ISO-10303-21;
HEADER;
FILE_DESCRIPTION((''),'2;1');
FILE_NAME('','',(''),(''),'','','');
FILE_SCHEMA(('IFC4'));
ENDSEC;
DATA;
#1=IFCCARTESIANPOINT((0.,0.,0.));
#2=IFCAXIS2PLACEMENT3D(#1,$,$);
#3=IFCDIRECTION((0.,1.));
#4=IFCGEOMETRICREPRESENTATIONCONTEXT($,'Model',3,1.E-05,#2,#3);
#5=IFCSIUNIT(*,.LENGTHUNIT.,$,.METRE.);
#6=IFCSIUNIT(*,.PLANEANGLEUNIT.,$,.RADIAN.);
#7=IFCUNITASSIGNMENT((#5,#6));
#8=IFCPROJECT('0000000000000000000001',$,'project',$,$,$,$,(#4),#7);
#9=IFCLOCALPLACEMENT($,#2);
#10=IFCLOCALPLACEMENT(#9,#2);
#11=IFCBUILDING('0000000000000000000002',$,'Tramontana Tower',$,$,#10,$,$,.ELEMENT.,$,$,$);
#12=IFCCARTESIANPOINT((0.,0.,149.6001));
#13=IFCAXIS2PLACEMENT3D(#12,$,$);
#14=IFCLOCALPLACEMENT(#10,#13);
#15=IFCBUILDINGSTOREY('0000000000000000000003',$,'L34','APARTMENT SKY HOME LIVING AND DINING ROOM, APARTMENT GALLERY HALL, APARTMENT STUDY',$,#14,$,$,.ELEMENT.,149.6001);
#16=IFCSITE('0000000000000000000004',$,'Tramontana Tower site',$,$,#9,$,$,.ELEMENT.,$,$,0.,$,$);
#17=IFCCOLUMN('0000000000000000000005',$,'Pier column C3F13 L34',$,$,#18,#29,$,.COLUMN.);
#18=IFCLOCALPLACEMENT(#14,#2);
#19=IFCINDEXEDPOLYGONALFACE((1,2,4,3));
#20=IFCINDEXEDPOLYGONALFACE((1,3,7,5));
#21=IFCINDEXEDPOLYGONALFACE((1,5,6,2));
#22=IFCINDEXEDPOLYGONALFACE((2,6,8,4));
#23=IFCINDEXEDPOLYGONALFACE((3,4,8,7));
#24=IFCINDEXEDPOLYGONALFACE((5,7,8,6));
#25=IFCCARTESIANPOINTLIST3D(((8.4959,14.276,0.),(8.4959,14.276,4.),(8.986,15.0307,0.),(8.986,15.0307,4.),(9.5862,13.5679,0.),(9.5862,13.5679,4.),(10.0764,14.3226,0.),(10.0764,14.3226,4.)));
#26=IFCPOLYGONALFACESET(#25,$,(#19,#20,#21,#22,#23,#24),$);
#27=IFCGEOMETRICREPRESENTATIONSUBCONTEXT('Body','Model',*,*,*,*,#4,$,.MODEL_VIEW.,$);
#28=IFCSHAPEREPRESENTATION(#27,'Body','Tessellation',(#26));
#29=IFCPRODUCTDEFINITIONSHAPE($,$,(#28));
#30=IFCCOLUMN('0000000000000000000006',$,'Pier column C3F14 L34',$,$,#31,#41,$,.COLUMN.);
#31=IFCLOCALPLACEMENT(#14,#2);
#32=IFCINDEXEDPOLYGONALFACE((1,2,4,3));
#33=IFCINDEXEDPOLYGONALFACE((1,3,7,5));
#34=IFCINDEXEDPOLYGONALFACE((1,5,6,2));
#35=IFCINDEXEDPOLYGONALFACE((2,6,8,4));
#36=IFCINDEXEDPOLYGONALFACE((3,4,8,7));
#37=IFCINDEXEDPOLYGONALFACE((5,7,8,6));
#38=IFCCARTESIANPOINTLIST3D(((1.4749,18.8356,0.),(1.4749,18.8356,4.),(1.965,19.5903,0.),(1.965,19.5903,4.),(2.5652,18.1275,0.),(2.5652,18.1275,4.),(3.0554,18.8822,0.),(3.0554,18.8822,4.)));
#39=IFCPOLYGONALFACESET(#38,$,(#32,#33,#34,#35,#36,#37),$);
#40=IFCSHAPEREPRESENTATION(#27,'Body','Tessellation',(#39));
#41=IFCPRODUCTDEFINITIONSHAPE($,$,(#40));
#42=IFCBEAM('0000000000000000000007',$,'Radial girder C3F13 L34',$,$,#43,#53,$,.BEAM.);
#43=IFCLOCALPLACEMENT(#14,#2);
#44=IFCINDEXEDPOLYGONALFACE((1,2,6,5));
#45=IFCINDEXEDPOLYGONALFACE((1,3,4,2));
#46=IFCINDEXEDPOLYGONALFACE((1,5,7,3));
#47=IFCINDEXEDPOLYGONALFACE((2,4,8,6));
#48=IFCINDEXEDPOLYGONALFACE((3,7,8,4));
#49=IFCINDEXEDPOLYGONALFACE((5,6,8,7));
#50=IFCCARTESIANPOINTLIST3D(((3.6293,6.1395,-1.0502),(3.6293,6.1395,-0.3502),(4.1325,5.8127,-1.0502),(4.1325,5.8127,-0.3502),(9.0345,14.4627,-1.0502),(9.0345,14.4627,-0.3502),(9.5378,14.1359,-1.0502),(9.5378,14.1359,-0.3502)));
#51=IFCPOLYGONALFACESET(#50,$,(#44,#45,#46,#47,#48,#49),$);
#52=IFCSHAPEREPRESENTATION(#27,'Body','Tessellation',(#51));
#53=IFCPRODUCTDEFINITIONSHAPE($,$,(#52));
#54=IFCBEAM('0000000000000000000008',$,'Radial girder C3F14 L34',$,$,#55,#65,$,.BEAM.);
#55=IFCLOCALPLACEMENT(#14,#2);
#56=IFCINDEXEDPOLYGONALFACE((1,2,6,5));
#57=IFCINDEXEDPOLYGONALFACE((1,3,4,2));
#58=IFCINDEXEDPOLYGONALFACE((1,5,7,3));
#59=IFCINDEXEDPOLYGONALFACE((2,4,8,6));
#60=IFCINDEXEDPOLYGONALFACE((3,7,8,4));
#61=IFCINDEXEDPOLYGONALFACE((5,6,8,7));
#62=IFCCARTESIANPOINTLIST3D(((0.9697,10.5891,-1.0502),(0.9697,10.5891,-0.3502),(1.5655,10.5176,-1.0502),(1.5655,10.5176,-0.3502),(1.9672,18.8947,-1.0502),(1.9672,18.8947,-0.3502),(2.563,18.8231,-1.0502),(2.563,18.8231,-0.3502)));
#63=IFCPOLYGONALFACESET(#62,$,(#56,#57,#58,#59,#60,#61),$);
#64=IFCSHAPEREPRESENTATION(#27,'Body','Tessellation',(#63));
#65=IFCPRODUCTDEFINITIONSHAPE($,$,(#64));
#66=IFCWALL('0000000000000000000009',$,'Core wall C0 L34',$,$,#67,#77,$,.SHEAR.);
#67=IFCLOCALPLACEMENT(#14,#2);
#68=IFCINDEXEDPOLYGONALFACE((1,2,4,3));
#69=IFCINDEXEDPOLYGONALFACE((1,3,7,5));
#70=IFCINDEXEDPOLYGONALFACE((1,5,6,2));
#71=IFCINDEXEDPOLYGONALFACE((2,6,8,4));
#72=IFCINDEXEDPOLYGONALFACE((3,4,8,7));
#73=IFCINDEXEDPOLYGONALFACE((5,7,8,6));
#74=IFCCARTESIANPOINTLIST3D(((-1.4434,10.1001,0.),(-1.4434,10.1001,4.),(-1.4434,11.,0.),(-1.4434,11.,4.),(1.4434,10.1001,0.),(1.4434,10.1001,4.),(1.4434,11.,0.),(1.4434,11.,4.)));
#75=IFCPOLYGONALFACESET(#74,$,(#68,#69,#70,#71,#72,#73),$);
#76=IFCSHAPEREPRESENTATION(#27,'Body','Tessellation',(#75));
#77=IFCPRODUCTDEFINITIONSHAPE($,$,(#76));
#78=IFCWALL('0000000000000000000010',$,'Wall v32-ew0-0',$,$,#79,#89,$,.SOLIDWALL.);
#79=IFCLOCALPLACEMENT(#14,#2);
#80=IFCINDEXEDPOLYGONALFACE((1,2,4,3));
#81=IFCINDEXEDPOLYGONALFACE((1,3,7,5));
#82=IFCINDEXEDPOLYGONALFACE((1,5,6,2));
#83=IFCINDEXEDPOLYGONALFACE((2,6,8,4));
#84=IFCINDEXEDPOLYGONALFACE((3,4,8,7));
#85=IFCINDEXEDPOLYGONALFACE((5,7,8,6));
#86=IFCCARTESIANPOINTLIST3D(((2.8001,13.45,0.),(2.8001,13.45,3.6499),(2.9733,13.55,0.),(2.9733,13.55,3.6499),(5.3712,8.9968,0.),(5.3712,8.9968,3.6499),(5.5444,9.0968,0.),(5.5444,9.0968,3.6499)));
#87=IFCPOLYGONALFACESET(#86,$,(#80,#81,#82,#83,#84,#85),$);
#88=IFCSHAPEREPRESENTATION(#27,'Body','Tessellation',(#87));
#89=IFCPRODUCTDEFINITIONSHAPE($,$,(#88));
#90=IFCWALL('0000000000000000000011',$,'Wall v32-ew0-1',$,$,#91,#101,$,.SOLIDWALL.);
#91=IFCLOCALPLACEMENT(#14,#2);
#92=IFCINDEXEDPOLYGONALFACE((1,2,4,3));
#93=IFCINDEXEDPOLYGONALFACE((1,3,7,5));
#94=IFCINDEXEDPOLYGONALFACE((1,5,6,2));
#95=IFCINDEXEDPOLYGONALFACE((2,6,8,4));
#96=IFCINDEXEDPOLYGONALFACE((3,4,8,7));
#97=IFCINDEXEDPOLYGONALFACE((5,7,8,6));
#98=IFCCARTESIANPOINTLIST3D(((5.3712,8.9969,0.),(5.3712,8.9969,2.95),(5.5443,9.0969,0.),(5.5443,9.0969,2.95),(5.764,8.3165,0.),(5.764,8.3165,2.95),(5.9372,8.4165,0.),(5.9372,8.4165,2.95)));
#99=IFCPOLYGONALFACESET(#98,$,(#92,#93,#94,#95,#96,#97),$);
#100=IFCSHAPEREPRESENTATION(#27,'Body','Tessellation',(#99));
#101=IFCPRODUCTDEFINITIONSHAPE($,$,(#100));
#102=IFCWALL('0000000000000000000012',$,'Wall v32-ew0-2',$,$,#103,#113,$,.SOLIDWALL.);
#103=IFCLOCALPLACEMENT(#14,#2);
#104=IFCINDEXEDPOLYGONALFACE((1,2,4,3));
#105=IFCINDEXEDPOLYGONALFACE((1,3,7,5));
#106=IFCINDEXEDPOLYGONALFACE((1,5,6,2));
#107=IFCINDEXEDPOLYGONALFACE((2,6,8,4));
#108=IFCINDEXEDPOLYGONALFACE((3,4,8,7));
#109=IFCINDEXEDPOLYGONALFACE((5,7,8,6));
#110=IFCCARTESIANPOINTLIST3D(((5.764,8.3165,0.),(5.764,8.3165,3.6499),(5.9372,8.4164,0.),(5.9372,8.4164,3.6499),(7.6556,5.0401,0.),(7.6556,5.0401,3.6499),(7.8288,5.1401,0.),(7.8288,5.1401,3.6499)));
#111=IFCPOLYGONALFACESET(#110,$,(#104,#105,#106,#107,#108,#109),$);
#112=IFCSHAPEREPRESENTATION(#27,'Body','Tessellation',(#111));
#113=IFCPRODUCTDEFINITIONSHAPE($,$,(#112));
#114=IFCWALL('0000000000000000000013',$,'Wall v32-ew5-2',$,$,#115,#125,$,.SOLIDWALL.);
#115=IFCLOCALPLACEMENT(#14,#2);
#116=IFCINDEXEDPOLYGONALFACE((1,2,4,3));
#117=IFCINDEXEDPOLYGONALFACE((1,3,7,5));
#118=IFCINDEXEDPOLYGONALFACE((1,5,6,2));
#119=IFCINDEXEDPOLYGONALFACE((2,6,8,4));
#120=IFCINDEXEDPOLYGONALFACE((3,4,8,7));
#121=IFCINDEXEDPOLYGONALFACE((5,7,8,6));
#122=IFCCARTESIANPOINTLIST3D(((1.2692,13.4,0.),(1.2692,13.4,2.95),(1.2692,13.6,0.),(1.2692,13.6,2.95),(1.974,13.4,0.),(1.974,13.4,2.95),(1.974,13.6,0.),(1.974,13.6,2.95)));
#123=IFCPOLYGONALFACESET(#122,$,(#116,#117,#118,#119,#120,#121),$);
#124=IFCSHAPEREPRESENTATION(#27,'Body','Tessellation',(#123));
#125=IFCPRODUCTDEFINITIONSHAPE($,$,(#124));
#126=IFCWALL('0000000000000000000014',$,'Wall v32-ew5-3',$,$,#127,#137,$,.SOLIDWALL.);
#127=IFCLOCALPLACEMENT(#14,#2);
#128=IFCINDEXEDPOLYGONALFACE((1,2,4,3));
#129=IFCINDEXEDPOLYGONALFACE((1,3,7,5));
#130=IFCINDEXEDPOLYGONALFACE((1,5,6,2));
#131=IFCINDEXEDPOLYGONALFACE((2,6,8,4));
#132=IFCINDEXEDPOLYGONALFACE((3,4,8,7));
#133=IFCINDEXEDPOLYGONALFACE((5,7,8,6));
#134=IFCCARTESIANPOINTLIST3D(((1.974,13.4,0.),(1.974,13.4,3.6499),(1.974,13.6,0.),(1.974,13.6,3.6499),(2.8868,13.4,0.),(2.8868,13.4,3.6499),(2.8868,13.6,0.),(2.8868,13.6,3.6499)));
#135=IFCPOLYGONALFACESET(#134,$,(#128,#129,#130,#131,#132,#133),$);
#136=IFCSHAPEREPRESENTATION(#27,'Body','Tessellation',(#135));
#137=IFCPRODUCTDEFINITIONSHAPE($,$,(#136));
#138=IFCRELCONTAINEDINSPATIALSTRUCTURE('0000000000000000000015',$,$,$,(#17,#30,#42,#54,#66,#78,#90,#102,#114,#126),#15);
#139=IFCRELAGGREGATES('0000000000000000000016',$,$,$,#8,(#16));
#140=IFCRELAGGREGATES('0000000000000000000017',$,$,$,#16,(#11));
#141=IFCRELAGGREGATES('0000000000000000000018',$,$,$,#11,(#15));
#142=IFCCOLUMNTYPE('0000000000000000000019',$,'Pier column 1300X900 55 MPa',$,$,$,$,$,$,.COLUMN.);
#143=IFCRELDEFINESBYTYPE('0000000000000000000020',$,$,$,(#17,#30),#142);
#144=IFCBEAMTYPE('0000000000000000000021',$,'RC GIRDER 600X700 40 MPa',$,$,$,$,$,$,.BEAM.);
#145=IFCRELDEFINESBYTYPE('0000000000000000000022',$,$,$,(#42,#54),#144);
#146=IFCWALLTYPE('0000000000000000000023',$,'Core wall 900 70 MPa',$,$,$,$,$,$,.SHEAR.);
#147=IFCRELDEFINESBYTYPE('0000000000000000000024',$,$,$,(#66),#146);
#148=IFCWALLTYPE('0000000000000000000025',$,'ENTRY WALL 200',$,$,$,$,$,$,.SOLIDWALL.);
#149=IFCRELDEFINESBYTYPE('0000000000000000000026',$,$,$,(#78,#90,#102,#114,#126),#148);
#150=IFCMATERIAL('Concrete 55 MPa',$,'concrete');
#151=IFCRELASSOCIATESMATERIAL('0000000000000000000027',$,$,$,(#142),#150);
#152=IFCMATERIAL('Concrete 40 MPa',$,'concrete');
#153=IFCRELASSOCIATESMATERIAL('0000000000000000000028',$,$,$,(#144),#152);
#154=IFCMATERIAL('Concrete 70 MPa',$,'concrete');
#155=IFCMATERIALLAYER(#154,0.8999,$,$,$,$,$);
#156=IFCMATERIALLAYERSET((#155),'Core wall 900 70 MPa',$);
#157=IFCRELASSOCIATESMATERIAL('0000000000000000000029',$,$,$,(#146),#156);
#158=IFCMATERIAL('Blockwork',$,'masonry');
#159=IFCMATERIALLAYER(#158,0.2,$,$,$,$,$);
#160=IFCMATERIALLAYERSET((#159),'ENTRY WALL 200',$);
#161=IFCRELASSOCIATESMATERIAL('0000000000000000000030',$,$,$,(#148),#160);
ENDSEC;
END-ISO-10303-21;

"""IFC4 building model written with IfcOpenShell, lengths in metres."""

from ifc_helpers import new_model, si_unit, direction, frame, frame_2d, origin, origin_2d, place, context, subcontext, project, spatial, rectangle, extrude, material, layer, layer_set, material_profile, profile_set, type_object, element, save


model = new_model("IFC4")

# Units and contexts
model_context = context("Model", 3, precision=1e-05, world=origin(), true_north=direction((0.0, 1.0)))
body_context = subcontext(model_context, "Body", "Model", "MODEL_VIEW")
ifc_project = project(units=[si_unit("LENGTHUNIT", "METRE"), si_unit("PLANEANGLEUNIT", "RADIAN")], contexts=[model_context])

# Site, building, storey
site_placement = place(None, origin())
site = spatial("IfcSite", under=ifc_project, at=site_placement, Name="Tramontana Tower site", CompositionType="ELEMENT", RefElevation=0.0)
building_placement = place(site_placement, origin())
building = spatial("IfcBuilding", under=site, at=building_placement, Name="Tramontana Tower", CompositionType="ELEMENT")
storey_placement = place(building_placement, frame((0.0, 0.0, 149.6001)))
storey = spatial("IfcBuildingStorey", under=building, at=storey_placement, Name="L34", Description="APARTMENT SKY HOME LIVING AND DINING ROOM, APARTMENT GALLERY HALL, APARTMENT STUDY", CompositionType="ELEMENT", Elevation=149.6001)

# Columns
ifc_material_1 = material(Name="Concrete 55 MPa", Category="concrete")
ifc_material_profile_1 = material_profile(ifc_material_1, rectangle(XDim=1.3, YDim=0.8999, at=origin_2d()), Name="Pier column 1300X900 55 MPa")
ifc_profile_set_1 = profile_set([ifc_material_profile_1], Name="Concrete 55 MPa")
column_type = type_object("IfcColumnType", Name="Pier column 1300X900 55 MPa", PredefinedType="COLUMN", material=ifc_profile_set_1)
for number, where, z_axis, x_axis, name in (
    (1, (9.2861, 14.2993, 0.0), (0.0, 0.0, 1.0), (-0.838671, 0.544639, 0.0), "Pier column C3F13 L34"),
    (2, (2.2651, 18.8589, 0.0), (0.0, 0.0, 1.0), (-0.838671, 0.544639, 0.0), "Pier column C3F14 L34"),
):
    element("IfcColumn", number, at=place(storey_placement, frame(where, z_axis=z_axis, x_axis=x_axis)), inside=storey, type_object=column_type, Name=name, PredefinedType="COLUMN", context=body_context, shape_type="SweptSolid", body=[
        extrude(rectangle(XDim=1.3, YDim=0.8999, at=origin_2d()), origin(), (0.0, 0.0, 1.0), 4.0),
    ])

# Beams
ifc_material_2 = material(Name="Concrete 40 MPa", Category="concrete")
ifc_material_profile_2 = material_profile(ifc_material_2, rectangle(XDim=0.6001, YDim=0.7, at=origin_2d()), Name="RC GIRDER 600X700 40 MPa")
ifc_profile_set_2 = profile_set([ifc_material_profile_2], Name="Concrete 40 MPa")
beam_type = type_object("IfcBeamType", Name="RC GIRDER 600X700 40 MPa", PredefinedType="BEAM", material=ifc_profile_set_2)
beam_1_placement = place(storey_placement, frame((9.2861, 14.2993, -0.7002), z_axis=(-0.544646, -0.838666, 0.0), x_axis=(0.838666, -0.544646, 0.0)))
element("IfcBeam", 3, at=beam_1_placement, inside=storey, type_object=beam_type, Name="Radial girder C3F13 L34", PredefinedType="BEAM", context=body_context, shape_type="SweptSolid", body=[
    extrude(rectangle(XDim=0.6001, YDim=0.7, at=origin_2d()), origin(), (0.0, 0.0, 1.0), 9.9243),
])
beam_2_placement = place(storey_placement, frame((2.2651, 18.8589, -0.7002), z_axis=(-0.119249, -0.992864, 0.0), x_axis=(0.992864, -0.119249, 0.0)))
element("IfcBeam", 4, at=beam_2_placement, inside=storey, type_object=beam_type, Name="Radial girder C3F14 L34", PredefinedType="BEAM", context=body_context, shape_type="SweptSolid", body=[
    extrude(rectangle(XDim=0.6001, YDim=0.7, at=origin_2d()), origin(), (0.0, 0.0, 1.0), 8.3652),
])

# Walls
ifc_material_3 = material(Name="Concrete 70 MPa", Category="concrete")
ifc_layer_1 = layer(ifc_material_3, 0.8999)
ifc_layer_set_1 = layer_set([ifc_layer_1], Name="Core wall 900 70 MPa")
wall_type_1 = type_object("IfcWallType", Name="Core wall 900 70 MPa", PredefinedType="SHEAR", material=ifc_layer_set_1)
wall_1_placement = place(storey_placement, frame((1.4434, 10.55, 0.0), z_axis=(0.0, 0.0, 1.0), x_axis=(-1.0, 0.0, 0.0)))
element("IfcWall", 5, at=wall_1_placement, inside=storey, type_object=wall_type_1, Name="Core wall C0 L34", PredefinedType="SHEAR", context=body_context, shape_type="SweptSolid", body=[
    extrude(rectangle(XDim=2.8867, YDim=0.8999, at=frame_2d((1.4434, 0.0))), origin(), (0.0, 0.0, 1.0), 4.0),
])
ifc_material_4 = material(Name="Blockwork", Category="masonry")
ifc_layer_2 = layer(ifc_material_4, 0.2)
ifc_layer_set_2 = layer_set([ifc_layer_2], Name="ENTRY WALL 200")
wall_type_2 = type_object("IfcWallType", Name="ENTRY WALL 200", PredefinedType="SOLIDWALL", material=ifc_layer_set_2)
wall_2_placement = place(storey_placement, frame((2.8867, 13.5, 0.0), z_axis=(0.0, 0.0, 1.0), x_axis=(0.500005, -0.866023, 0.0)))
element("IfcWall", 6, at=wall_2_placement, inside=storey, type_object=wall_type_2, Name="Wall v32-ew0-0", PredefinedType="SOLIDWALL", context=body_context, shape_type="SweptSolid", body=[
    extrude(rectangle(XDim=5.1421, YDim=0.2, at=frame_2d((2.571, 0.0))), origin(), (0.0, 0.0, 1.0), 3.6499),
])
wall_3_placement = place(storey_placement, frame((5.4578, 9.0469, 0.0), z_axis=(0.0, 0.0, 1.0), x_axis=(0.499982, -0.866036, 0.0)))
element("IfcWall", 7, at=wall_3_placement, inside=storey, type_object=wall_type_2, Name="Wall v32-ew0-1", PredefinedType="SOLIDWALL", context=body_context, shape_type="SweptSolid", body=[
    extrude(rectangle(XDim=0.7856, YDim=0.2, at=frame_2d((0.3928, 0.0))), origin(), (0.0, 0.0, 1.0), 2.95),
])
wall_4_placement = place(storey_placement, frame((5.8506, 8.3665, 0.0), z_axis=(0.0, 0.0, 1.0), x_axis=(0.499998, -0.866027, 0.0)))
element("IfcWall", 8, at=wall_4_placement, inside=storey, type_object=wall_type_2, Name="Wall v32-ew0-2", PredefinedType="SOLIDWALL", context=body_context, shape_type="SweptSolid", body=[
    extrude(rectangle(XDim=3.7832, YDim=0.2, at=frame_2d((1.8916, 0.0))), origin(), (0.0, 0.0, 1.0), 3.6499),
])
wall_5_placement = place(storey_placement, frame((1.269, 13.5, 0.0), z_axis=(0.0, 0.0, 1.0), x_axis=(1.0, 0.0, 0.0)))
element("IfcWall", 9, at=wall_5_placement, inside=storey, type_object=wall_type_2, Name="Wall v32-ew5-2", PredefinedType="SOLIDWALL", context=body_context, shape_type="SweptSolid", body=[
    extrude(rectangle(XDim=0.7048, YDim=0.2, at=frame_2d((0.3525, 0.0))), origin(), (0.0, 0.0, 1.0), 2.95),
])
wall_6_placement = place(storey_placement, frame((1.9739, 13.5, 0.0), z_axis=(0.0, 0.0, 1.0), x_axis=(1.0, 0.0, 0.0)))
element("IfcWall", 10, at=wall_6_placement, inside=storey, type_object=wall_type_2, Name="Wall v32-ew5-3", PredefinedType="SOLIDWALL", context=body_context, shape_type="SweptSolid", body=[
    extrude(rectangle(XDim=0.9128, YDim=0.2, at=frame_2d((0.4565, 0.0))), origin(), (0.0, 0.0, 1.0), 3.6499),
])

save(model, "model.ifc")
